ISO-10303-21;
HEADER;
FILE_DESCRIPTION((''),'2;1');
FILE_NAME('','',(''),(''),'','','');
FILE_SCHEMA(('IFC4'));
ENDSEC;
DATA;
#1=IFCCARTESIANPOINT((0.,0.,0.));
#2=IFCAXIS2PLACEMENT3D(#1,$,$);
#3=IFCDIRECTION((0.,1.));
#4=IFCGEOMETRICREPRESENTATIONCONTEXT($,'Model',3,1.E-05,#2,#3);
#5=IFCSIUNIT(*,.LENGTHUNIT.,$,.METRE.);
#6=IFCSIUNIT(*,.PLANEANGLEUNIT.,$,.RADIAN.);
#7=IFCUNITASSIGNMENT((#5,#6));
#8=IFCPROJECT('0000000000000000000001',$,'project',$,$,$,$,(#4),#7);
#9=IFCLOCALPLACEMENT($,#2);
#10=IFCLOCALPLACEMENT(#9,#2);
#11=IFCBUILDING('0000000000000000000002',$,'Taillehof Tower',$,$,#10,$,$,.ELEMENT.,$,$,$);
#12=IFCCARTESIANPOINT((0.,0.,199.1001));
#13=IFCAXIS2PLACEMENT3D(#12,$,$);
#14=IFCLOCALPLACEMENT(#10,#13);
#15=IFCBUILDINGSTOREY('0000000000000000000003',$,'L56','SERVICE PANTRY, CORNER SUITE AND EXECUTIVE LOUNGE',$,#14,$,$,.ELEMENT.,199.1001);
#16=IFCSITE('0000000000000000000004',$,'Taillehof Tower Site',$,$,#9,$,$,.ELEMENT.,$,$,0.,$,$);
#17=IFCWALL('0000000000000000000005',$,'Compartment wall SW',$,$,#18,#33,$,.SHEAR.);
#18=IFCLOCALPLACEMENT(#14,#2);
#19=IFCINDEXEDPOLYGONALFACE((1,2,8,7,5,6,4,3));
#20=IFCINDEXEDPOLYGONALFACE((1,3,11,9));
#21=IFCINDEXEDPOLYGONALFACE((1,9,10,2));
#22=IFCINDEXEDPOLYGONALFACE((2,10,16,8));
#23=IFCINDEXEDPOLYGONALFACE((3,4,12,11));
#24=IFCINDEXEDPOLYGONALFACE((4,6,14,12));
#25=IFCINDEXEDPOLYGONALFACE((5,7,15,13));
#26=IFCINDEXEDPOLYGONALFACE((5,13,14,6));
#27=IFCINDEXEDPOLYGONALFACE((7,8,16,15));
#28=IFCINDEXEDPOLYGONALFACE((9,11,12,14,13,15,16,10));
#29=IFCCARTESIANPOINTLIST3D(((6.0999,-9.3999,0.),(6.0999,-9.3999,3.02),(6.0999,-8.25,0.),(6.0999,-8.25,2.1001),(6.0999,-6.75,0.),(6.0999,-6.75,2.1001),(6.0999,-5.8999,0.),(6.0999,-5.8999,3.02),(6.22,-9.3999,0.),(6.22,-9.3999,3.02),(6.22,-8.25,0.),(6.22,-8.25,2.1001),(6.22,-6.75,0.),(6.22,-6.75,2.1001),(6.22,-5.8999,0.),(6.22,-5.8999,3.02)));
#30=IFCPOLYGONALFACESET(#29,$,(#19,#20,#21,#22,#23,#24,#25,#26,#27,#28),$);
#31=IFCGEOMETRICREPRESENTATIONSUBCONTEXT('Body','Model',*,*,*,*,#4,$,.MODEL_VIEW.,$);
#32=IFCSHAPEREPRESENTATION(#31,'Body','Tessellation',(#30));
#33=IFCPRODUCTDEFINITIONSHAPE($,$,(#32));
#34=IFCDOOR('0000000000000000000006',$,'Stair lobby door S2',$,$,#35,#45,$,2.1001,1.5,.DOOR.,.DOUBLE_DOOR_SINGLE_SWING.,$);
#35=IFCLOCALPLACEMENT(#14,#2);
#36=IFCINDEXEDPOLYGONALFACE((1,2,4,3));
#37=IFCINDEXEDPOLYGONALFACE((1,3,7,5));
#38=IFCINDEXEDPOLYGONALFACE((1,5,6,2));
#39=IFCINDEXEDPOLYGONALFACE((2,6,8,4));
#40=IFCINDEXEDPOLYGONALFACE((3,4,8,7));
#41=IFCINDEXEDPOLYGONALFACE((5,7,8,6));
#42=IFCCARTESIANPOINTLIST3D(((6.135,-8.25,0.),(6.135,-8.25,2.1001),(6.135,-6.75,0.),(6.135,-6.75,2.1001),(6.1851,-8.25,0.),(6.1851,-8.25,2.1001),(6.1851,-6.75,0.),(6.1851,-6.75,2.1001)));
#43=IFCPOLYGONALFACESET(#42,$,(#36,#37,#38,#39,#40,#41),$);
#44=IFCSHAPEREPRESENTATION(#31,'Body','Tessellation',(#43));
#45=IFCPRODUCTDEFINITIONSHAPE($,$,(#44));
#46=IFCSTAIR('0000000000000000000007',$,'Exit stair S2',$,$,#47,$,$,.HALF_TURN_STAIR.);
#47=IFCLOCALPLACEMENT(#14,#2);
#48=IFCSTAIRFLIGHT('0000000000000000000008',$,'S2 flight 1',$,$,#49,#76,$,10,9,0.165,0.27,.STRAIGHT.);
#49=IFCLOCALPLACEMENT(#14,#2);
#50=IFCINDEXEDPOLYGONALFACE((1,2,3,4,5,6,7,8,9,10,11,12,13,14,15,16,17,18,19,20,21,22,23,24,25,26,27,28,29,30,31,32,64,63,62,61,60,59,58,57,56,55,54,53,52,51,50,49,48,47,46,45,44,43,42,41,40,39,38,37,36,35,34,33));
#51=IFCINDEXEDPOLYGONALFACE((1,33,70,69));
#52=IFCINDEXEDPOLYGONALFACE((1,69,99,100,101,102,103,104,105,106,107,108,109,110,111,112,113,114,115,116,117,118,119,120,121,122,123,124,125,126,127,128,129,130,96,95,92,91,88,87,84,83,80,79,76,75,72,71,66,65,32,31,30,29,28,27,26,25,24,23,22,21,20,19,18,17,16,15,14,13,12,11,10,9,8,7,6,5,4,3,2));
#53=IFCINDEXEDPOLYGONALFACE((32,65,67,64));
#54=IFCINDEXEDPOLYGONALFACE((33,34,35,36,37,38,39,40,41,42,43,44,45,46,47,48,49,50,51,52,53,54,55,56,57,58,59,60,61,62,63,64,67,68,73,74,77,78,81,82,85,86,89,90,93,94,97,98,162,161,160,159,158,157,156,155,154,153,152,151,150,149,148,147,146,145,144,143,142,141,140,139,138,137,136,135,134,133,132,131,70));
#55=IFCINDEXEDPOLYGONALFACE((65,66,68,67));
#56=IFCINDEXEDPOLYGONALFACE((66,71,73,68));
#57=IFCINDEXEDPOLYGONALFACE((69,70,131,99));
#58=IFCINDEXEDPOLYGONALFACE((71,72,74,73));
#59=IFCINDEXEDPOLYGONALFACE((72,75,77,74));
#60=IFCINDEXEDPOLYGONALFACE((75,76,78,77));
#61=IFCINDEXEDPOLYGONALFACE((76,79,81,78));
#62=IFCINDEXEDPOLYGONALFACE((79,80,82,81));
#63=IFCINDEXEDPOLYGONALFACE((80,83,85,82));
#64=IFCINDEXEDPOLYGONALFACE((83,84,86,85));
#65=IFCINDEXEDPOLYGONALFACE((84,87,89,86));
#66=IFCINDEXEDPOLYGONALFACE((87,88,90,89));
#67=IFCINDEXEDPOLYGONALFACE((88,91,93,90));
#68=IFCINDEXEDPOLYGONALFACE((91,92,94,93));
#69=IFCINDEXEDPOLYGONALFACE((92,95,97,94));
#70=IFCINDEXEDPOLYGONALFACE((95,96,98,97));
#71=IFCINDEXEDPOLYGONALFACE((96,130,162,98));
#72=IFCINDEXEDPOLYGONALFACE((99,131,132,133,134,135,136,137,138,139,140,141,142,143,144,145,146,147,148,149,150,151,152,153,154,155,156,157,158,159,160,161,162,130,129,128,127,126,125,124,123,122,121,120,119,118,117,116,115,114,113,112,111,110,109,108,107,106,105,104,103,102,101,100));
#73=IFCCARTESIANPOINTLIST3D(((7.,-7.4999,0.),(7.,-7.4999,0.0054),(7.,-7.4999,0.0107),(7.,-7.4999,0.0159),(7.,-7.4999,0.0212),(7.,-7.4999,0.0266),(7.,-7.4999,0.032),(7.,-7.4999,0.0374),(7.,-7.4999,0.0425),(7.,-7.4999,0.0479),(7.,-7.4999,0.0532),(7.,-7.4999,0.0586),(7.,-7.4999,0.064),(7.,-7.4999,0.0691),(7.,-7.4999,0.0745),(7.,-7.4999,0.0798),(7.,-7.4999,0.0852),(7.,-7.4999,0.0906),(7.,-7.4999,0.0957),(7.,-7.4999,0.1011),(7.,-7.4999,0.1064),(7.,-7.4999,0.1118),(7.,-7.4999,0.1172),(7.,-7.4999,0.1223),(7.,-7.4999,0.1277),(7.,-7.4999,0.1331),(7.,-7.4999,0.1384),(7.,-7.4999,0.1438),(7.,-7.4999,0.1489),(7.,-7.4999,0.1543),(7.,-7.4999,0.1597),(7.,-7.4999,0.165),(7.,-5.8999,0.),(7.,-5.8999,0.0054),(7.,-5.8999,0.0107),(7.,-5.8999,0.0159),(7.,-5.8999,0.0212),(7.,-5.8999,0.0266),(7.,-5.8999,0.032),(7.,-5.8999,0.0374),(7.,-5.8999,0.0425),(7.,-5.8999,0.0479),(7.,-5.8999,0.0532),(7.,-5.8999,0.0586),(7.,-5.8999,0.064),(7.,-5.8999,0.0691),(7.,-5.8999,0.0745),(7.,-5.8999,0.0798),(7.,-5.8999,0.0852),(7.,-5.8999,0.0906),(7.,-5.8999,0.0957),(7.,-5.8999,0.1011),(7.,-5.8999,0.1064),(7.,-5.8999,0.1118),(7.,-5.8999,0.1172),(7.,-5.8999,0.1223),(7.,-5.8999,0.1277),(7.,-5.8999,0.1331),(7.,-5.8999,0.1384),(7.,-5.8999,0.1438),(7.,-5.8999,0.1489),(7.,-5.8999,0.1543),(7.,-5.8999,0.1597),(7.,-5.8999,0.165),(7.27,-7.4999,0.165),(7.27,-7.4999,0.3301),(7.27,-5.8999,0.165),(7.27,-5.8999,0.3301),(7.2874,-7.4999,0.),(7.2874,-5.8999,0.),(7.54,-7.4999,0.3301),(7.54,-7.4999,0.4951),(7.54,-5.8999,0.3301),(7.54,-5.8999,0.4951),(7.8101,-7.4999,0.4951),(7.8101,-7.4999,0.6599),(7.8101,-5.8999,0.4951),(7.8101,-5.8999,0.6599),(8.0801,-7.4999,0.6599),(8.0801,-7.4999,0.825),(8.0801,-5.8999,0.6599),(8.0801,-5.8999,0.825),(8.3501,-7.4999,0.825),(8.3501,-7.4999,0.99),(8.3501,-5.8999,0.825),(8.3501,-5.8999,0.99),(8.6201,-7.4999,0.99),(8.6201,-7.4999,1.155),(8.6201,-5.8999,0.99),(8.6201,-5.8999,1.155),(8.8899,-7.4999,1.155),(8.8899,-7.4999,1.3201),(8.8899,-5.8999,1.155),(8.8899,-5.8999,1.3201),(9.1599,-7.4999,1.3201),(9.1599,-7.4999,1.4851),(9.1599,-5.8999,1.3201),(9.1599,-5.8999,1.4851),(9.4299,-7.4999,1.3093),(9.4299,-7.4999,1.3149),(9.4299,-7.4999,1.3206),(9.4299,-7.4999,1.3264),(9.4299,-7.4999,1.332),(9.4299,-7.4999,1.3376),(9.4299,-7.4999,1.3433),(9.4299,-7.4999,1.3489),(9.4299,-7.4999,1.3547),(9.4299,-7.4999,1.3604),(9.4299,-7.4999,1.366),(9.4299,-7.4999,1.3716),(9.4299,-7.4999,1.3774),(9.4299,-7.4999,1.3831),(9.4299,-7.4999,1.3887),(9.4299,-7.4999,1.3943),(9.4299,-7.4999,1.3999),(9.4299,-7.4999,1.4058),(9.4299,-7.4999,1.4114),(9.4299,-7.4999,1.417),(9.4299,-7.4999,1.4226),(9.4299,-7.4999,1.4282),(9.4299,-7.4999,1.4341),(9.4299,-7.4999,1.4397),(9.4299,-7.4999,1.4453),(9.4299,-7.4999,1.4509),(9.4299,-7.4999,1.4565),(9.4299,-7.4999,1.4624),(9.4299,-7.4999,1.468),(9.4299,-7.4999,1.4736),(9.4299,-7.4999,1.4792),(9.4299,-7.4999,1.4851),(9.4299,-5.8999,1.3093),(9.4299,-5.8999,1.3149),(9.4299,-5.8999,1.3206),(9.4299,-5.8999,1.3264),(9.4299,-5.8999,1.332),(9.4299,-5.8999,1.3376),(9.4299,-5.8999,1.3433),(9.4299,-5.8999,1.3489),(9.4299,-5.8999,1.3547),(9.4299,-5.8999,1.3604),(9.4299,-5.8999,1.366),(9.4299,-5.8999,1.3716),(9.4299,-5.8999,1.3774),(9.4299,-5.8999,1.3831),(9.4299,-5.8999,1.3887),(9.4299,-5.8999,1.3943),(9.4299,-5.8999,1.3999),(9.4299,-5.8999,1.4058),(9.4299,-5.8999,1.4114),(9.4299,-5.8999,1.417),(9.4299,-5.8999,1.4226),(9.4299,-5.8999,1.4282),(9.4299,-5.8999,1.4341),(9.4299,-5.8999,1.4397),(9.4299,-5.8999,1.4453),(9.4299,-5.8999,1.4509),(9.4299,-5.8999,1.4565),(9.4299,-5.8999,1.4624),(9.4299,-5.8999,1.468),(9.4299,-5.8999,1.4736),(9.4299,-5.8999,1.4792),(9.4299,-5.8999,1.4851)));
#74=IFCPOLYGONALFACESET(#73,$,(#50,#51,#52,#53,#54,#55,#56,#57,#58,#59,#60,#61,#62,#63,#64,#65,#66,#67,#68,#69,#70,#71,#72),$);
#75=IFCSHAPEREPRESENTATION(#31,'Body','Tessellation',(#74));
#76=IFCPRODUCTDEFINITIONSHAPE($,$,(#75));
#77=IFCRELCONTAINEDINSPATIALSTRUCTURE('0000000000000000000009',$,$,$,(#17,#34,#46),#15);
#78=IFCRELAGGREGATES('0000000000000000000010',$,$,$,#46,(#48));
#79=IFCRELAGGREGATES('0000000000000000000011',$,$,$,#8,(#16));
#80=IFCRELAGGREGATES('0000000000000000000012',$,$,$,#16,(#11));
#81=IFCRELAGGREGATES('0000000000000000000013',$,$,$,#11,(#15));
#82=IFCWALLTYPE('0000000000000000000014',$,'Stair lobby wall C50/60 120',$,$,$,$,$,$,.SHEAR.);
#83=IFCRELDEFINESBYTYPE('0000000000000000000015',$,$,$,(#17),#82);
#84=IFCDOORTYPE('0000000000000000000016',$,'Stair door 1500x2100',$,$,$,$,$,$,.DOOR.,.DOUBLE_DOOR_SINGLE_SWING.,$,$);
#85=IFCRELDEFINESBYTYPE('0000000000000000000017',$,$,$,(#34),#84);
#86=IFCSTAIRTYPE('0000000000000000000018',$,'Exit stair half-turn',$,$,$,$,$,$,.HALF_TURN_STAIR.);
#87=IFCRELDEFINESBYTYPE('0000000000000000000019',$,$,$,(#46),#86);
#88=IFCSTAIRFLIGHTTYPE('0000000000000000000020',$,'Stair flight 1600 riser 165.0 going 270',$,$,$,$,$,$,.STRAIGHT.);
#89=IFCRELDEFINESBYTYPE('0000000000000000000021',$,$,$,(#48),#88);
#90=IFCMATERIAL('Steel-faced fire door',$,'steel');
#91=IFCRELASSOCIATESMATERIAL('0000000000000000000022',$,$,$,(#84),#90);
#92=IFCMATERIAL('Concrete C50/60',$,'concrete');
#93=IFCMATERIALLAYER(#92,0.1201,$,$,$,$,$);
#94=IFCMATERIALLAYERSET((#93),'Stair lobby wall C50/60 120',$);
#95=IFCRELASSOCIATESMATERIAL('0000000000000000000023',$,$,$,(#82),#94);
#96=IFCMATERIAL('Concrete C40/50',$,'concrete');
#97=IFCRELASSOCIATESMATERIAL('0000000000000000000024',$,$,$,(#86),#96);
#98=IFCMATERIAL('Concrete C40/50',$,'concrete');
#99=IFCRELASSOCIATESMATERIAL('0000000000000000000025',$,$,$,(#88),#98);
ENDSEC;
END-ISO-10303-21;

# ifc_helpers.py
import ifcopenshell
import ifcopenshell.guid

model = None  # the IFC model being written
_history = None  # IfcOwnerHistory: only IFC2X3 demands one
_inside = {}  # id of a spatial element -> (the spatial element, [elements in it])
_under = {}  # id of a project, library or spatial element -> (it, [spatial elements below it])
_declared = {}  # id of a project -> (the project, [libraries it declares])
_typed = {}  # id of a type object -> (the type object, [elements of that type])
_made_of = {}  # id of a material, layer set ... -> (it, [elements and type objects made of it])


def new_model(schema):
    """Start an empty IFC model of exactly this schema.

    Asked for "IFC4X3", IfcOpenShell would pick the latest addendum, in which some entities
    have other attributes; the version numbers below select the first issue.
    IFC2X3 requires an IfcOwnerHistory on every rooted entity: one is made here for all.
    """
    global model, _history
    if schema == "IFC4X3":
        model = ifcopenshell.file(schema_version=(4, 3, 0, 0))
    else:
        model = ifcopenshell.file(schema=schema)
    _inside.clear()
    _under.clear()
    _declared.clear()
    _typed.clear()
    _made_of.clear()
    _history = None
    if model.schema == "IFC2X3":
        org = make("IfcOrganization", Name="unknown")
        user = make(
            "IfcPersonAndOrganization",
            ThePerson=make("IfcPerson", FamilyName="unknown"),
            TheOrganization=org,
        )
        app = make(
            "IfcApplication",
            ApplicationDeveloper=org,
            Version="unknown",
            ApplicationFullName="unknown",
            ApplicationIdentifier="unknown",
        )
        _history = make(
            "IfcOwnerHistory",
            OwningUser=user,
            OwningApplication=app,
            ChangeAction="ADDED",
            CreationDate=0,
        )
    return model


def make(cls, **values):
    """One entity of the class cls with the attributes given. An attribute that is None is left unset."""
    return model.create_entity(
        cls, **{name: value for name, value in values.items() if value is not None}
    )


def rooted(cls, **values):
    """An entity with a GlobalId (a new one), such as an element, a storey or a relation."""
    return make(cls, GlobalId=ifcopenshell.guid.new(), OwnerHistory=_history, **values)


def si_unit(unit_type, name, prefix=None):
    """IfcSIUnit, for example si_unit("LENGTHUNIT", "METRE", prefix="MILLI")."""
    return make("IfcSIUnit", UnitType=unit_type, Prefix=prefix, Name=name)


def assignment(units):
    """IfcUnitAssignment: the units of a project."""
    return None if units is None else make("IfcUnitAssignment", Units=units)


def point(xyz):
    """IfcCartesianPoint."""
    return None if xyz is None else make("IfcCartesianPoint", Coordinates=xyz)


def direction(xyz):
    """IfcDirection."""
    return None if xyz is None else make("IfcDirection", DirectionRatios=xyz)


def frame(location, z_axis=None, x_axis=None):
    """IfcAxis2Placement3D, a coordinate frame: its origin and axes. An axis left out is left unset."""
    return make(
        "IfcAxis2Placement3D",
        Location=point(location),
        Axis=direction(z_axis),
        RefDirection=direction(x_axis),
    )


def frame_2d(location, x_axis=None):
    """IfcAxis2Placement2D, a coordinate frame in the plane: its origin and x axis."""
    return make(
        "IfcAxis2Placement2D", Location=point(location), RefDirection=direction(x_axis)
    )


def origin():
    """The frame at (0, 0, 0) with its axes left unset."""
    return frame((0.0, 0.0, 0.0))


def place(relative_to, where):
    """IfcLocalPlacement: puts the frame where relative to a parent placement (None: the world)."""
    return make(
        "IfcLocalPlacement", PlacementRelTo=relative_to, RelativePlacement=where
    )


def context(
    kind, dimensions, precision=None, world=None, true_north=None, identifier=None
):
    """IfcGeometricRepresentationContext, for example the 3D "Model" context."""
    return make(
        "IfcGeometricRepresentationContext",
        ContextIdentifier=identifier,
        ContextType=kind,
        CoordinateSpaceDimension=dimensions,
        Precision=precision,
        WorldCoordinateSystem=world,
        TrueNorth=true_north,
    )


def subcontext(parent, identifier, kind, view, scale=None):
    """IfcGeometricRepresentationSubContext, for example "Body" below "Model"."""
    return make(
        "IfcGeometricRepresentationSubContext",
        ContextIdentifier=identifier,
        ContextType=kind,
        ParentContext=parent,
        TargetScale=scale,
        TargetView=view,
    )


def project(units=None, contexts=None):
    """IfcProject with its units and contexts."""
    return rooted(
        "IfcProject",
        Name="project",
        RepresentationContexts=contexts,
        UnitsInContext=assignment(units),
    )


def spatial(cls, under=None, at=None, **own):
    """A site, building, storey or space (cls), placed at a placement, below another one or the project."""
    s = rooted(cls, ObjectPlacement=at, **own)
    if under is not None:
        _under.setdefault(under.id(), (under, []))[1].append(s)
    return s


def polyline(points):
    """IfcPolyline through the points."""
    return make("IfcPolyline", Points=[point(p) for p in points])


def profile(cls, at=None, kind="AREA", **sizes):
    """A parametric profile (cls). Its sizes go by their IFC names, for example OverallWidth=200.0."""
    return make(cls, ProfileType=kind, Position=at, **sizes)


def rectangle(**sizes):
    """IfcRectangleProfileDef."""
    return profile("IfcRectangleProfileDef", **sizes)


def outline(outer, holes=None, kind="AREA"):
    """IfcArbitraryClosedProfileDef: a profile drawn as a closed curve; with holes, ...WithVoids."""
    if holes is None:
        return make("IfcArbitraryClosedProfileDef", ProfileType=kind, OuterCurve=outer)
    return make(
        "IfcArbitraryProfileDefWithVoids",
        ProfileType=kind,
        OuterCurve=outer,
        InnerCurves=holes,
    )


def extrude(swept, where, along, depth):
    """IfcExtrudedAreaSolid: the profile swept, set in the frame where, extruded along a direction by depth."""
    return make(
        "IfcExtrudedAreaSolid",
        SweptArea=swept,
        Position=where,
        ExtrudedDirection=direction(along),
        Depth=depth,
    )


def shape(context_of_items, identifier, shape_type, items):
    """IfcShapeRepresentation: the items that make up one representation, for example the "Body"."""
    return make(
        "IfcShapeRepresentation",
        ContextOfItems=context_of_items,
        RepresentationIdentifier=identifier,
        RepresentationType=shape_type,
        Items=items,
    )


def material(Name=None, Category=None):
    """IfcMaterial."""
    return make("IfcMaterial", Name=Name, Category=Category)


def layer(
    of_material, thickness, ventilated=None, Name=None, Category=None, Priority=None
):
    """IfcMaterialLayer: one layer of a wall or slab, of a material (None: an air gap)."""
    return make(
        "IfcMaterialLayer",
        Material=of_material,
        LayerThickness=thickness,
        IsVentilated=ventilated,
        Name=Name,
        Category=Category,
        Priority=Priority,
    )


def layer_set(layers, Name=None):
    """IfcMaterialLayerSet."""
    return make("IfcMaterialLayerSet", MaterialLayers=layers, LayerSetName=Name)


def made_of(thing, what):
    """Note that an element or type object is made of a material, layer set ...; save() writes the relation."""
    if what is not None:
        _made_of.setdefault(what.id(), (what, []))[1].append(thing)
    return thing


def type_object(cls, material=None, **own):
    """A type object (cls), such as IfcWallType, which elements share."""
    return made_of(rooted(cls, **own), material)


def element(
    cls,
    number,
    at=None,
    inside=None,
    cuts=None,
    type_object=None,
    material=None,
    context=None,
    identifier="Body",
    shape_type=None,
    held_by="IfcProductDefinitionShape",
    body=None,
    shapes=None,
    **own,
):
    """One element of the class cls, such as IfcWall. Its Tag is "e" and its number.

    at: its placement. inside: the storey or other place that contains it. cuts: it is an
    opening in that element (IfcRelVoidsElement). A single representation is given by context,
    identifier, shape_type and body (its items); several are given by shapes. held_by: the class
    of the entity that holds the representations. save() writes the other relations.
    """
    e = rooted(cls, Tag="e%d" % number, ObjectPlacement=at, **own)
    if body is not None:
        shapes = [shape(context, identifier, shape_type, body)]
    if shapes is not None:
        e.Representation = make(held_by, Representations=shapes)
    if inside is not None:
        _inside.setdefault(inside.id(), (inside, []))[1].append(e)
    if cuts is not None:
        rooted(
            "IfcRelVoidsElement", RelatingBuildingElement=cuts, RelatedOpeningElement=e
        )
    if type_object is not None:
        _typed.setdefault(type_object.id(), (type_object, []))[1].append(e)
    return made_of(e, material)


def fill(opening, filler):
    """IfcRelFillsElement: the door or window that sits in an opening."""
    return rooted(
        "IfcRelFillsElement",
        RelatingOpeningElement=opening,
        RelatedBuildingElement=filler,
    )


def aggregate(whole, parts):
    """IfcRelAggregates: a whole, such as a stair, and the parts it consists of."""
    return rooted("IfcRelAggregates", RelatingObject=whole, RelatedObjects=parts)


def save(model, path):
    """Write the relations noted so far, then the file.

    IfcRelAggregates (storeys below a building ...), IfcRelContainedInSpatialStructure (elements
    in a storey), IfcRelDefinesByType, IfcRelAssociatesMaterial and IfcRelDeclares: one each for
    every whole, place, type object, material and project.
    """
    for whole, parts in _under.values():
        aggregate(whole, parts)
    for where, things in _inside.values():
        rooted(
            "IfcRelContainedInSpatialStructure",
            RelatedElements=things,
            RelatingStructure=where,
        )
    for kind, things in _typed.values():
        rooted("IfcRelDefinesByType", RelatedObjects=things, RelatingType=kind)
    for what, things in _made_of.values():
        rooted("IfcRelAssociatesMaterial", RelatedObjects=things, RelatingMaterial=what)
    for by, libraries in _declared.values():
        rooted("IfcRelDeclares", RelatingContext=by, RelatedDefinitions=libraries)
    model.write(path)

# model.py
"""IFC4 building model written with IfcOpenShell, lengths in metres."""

from ifc_helpers import new_model, si_unit, direction, frame, frame_2d, origin, place, context, subcontext, project, spatial, polyline, rectangle, outline, extrude, material, layer, layer_set, type_object, element, fill, aggregate, save


model = new_model("IFC4")

# Units and contexts
model_context = context("Model", 3, precision=1e-05, world=origin(), true_north=direction((0.0, 1.0)))
body_context = subcontext(model_context, "Body", "Model", "MODEL_VIEW")
ifc_project = project(units=[si_unit("LENGTHUNIT", "METRE"), si_unit("PLANEANGLEUNIT", "RADIAN")], contexts=[model_context])

# Site, building, storey
site_placement = place(None, origin())
site = spatial("IfcSite", under=ifc_project, at=site_placement, Name="Taillehof Tower Site", CompositionType="ELEMENT", RefElevation=0.0)
building_placement = place(site_placement, origin())
building = spatial("IfcBuilding", under=site, at=building_placement, Name="Taillehof Tower", CompositionType="ELEMENT")
storey_placement = place(building_placement, frame((0.0, 0.0, 199.1001)))
storey = spatial("IfcBuildingStorey", under=building, at=storey_placement, Name="L56", Description="SERVICE PANTRY, CORNER SUITE AND EXECUTIVE LOUNGE", CompositionType="ELEMENT", Elevation=199.1001)

# Shared definitions
ifc_material_1 = material(Name="Steel-faced fire door", Category="steel")
door_type_1 = type_object("IfcDoorType", Name="Stair door 1500x2100", OperationType="DOUBLE_DOOR_SINGLE_SWING", PredefinedType="DOOR", material=ifc_material_1)

# Wall, opening, door
ifc_material_2 = material(Name="Concrete C50/60", Category="concrete")
ifc_layer_1 = layer(ifc_material_2, 0.1201)
ifc_layer_set_1 = layer_set([ifc_layer_1], Name="Stair lobby wall C50/60 120")
wall_type_1 = type_object("IfcWallType", Name="Stair lobby wall C50/60 120", PredefinedType="SHEAR", material=ifc_layer_set_1)
wall_1_placement = place(storey_placement, frame((6.1599, -9.3999, 0.0), z_axis=(0.0, 0.0, 1.0), x_axis=(0.0, 1.0, 0.0)))
wall_1 = element("IfcWall", 1, at=wall_1_placement, inside=storey, type_object=wall_type_1, Name="Compartment wall SW", PredefinedType="SHEAR", context=body_context, shape_type="SweptSolid", body=[
    extrude(rectangle(XDim=3.5, YDim=0.1201, at=frame_2d((1.75, 0.0))), origin(), (0.0, 0.0, 1.0), 3.02),
])
opening_1_placement = place(wall_1_placement, frame((1.1499, 0.0, 0.0)))
opening_1 = element("IfcOpeningElement", 2, at=opening_1_placement, cuts=wall_1, PredefinedType="OPENING", context=body_context, shape_type="SweptSolid", body=[
    extrude(rectangle(XDim=1.5, YDim=2.1001, at=frame_2d((0.75, 1.05))), frame((0.0, 0.0701, 0.0), z_axis=(0.0, -1.0, 0.0), x_axis=(1.0, 0.0, 0.0)), (0.0, 0.0, 1.0), 0.1401),
])
door_1_placement = place(opening_1_placement, origin())
door_1 = element("IfcDoor", 3, at=door_1_placement, inside=storey, type_object=door_type_1, Name="Stair lobby door S2", OperationType="DOUBLE_DOOR_SINGLE_SWING", OverallHeight=2.1001, OverallWidth=1.5, PredefinedType="DOOR", context=body_context, shape_type="SweptSolid", body=[
    extrude(rectangle(XDim=1.5, YDim=2.1001, at=frame_2d((0.75, 1.05))), frame((0.0, 0.0249, 0.0), z_axis=(0.0, -1.0, 0.0), x_axis=(1.0, 0.0, 0.0)), (0.0, 0.0, 1.0), 0.05),
])
fill(opening_1, door_1)

# Stair, stair flight
ifc_material_3 = material(Name="Concrete C40/50", Category="concrete")
stair_type = type_object("IfcStairType", Name="Exit stair half-turn", PredefinedType="HALF_TURN_STAIR", material=ifc_material_3)
stair_placement = place(storey_placement, origin())
stair = element("IfcStair", 4, at=stair_placement, inside=storey, type_object=stair_type, Name="Exit stair S2", PredefinedType="HALF_TURN_STAIR")
ifc_material_4 = material(Name="Concrete C40/50", Category="concrete")
stair_flight_type = type_object("IfcStairFlightType", Name="Stair flight 1600 riser 165.0 going 270", PredefinedType="STRAIGHT", material=ifc_material_4)
stair_flight_placement = place(storey_placement, frame((7.0, -6.7, 0.0), z_axis=(0.0, 0.0, 1.0), x_axis=(1.0, 0.0, 0.0)))
stair_flight = element("IfcStairFlight", 5, at=stair_flight_placement, type_object=stair_flight_type, Name="S2 flight 1", NumberOfRisers=10, NumberOfTreads=9, PredefinedType="STRAIGHT", RiserHeight=0.165, TreadLength=0.27, context=body_context, shape_type="SweptSolid", body=[
    extrude(outline(polyline([(0.0, 0.0), (0.0, 0.0054), (0.0, 0.0107), (0.0, 0.0159), (0.0, 0.0212), (0.0, 0.0266), (0.0, 0.032), (0.0, 0.0374), (0.0, 0.0425), (0.0, 0.0479), (0.0, 0.0532), (0.0, 0.0586), (0.0, 0.064), (0.0, 0.0691), (0.0, 0.0745), (0.0, 0.0798), (0.0, 0.0852), (0.0, 0.0906), (0.0, 0.0957), (0.0, 0.1011), (0.0, 0.1064), (0.0, 0.1118), (0.0, 0.1172), (0.0, 0.1223), (0.0, 0.1277), (0.0, 0.1331), (0.0, 0.1384), (0.0, 0.1438), (0.0, 0.1489), (0.0, 0.1543), (0.0, 0.1597), (0.0, 0.165), (0.27, 0.165), (0.27, 0.3301), (0.54, 0.3301), (0.54, 0.4951), (0.8101, 0.4951), (0.8101, 0.6599), (1.0801, 0.6599), (1.0801, 0.825), (1.3501, 0.825), (1.3501, 0.99), (1.6201, 0.99), (1.6201, 1.155), (1.8899, 1.155), (1.8899, 1.3201), (2.1599, 1.3201), (2.1599, 1.4851), (2.4299, 1.4851), (2.4299, 1.4792), (2.4299, 1.4736), (2.4299, 1.468), (2.4299, 1.4624), (2.4299, 1.4565), (2.4299, 1.4509), (2.4299, 1.4453), (2.4299, 1.4397), (2.4299, 1.4341), (2.4299, 1.4282), (2.4299, 1.4226), (2.4299, 1.417), (2.4299, 1.4114), (2.4299, 1.4058), (2.4299, 1.3999), (2.4299, 1.3943), (2.4299, 1.3887), (2.4299, 1.3831), (2.4299, 1.3774), (2.4299, 1.3716), (2.4299, 1.366), (2.4299, 1.3604), (2.4299, 1.3547), (2.4299, 1.3489), (2.4299, 1.3433), (2.4299, 1.3376), (2.4299, 1.332), (2.4299, 1.3264), (2.4299, 1.3206), (2.4299, 1.3149), (2.4299, 1.3093), (0.2874, 0.0), (0.0, 0.0)])), frame((0.0, 0.8, 0.0), z_axis=(0.0, -1.0, 0.0), x_axis=(1.0, 0.0, 0.0)), (0.0, 0.0, 1.0), 1.6),
])
aggregate(stair, [stair_flight])

save(model, "model.ifc")
